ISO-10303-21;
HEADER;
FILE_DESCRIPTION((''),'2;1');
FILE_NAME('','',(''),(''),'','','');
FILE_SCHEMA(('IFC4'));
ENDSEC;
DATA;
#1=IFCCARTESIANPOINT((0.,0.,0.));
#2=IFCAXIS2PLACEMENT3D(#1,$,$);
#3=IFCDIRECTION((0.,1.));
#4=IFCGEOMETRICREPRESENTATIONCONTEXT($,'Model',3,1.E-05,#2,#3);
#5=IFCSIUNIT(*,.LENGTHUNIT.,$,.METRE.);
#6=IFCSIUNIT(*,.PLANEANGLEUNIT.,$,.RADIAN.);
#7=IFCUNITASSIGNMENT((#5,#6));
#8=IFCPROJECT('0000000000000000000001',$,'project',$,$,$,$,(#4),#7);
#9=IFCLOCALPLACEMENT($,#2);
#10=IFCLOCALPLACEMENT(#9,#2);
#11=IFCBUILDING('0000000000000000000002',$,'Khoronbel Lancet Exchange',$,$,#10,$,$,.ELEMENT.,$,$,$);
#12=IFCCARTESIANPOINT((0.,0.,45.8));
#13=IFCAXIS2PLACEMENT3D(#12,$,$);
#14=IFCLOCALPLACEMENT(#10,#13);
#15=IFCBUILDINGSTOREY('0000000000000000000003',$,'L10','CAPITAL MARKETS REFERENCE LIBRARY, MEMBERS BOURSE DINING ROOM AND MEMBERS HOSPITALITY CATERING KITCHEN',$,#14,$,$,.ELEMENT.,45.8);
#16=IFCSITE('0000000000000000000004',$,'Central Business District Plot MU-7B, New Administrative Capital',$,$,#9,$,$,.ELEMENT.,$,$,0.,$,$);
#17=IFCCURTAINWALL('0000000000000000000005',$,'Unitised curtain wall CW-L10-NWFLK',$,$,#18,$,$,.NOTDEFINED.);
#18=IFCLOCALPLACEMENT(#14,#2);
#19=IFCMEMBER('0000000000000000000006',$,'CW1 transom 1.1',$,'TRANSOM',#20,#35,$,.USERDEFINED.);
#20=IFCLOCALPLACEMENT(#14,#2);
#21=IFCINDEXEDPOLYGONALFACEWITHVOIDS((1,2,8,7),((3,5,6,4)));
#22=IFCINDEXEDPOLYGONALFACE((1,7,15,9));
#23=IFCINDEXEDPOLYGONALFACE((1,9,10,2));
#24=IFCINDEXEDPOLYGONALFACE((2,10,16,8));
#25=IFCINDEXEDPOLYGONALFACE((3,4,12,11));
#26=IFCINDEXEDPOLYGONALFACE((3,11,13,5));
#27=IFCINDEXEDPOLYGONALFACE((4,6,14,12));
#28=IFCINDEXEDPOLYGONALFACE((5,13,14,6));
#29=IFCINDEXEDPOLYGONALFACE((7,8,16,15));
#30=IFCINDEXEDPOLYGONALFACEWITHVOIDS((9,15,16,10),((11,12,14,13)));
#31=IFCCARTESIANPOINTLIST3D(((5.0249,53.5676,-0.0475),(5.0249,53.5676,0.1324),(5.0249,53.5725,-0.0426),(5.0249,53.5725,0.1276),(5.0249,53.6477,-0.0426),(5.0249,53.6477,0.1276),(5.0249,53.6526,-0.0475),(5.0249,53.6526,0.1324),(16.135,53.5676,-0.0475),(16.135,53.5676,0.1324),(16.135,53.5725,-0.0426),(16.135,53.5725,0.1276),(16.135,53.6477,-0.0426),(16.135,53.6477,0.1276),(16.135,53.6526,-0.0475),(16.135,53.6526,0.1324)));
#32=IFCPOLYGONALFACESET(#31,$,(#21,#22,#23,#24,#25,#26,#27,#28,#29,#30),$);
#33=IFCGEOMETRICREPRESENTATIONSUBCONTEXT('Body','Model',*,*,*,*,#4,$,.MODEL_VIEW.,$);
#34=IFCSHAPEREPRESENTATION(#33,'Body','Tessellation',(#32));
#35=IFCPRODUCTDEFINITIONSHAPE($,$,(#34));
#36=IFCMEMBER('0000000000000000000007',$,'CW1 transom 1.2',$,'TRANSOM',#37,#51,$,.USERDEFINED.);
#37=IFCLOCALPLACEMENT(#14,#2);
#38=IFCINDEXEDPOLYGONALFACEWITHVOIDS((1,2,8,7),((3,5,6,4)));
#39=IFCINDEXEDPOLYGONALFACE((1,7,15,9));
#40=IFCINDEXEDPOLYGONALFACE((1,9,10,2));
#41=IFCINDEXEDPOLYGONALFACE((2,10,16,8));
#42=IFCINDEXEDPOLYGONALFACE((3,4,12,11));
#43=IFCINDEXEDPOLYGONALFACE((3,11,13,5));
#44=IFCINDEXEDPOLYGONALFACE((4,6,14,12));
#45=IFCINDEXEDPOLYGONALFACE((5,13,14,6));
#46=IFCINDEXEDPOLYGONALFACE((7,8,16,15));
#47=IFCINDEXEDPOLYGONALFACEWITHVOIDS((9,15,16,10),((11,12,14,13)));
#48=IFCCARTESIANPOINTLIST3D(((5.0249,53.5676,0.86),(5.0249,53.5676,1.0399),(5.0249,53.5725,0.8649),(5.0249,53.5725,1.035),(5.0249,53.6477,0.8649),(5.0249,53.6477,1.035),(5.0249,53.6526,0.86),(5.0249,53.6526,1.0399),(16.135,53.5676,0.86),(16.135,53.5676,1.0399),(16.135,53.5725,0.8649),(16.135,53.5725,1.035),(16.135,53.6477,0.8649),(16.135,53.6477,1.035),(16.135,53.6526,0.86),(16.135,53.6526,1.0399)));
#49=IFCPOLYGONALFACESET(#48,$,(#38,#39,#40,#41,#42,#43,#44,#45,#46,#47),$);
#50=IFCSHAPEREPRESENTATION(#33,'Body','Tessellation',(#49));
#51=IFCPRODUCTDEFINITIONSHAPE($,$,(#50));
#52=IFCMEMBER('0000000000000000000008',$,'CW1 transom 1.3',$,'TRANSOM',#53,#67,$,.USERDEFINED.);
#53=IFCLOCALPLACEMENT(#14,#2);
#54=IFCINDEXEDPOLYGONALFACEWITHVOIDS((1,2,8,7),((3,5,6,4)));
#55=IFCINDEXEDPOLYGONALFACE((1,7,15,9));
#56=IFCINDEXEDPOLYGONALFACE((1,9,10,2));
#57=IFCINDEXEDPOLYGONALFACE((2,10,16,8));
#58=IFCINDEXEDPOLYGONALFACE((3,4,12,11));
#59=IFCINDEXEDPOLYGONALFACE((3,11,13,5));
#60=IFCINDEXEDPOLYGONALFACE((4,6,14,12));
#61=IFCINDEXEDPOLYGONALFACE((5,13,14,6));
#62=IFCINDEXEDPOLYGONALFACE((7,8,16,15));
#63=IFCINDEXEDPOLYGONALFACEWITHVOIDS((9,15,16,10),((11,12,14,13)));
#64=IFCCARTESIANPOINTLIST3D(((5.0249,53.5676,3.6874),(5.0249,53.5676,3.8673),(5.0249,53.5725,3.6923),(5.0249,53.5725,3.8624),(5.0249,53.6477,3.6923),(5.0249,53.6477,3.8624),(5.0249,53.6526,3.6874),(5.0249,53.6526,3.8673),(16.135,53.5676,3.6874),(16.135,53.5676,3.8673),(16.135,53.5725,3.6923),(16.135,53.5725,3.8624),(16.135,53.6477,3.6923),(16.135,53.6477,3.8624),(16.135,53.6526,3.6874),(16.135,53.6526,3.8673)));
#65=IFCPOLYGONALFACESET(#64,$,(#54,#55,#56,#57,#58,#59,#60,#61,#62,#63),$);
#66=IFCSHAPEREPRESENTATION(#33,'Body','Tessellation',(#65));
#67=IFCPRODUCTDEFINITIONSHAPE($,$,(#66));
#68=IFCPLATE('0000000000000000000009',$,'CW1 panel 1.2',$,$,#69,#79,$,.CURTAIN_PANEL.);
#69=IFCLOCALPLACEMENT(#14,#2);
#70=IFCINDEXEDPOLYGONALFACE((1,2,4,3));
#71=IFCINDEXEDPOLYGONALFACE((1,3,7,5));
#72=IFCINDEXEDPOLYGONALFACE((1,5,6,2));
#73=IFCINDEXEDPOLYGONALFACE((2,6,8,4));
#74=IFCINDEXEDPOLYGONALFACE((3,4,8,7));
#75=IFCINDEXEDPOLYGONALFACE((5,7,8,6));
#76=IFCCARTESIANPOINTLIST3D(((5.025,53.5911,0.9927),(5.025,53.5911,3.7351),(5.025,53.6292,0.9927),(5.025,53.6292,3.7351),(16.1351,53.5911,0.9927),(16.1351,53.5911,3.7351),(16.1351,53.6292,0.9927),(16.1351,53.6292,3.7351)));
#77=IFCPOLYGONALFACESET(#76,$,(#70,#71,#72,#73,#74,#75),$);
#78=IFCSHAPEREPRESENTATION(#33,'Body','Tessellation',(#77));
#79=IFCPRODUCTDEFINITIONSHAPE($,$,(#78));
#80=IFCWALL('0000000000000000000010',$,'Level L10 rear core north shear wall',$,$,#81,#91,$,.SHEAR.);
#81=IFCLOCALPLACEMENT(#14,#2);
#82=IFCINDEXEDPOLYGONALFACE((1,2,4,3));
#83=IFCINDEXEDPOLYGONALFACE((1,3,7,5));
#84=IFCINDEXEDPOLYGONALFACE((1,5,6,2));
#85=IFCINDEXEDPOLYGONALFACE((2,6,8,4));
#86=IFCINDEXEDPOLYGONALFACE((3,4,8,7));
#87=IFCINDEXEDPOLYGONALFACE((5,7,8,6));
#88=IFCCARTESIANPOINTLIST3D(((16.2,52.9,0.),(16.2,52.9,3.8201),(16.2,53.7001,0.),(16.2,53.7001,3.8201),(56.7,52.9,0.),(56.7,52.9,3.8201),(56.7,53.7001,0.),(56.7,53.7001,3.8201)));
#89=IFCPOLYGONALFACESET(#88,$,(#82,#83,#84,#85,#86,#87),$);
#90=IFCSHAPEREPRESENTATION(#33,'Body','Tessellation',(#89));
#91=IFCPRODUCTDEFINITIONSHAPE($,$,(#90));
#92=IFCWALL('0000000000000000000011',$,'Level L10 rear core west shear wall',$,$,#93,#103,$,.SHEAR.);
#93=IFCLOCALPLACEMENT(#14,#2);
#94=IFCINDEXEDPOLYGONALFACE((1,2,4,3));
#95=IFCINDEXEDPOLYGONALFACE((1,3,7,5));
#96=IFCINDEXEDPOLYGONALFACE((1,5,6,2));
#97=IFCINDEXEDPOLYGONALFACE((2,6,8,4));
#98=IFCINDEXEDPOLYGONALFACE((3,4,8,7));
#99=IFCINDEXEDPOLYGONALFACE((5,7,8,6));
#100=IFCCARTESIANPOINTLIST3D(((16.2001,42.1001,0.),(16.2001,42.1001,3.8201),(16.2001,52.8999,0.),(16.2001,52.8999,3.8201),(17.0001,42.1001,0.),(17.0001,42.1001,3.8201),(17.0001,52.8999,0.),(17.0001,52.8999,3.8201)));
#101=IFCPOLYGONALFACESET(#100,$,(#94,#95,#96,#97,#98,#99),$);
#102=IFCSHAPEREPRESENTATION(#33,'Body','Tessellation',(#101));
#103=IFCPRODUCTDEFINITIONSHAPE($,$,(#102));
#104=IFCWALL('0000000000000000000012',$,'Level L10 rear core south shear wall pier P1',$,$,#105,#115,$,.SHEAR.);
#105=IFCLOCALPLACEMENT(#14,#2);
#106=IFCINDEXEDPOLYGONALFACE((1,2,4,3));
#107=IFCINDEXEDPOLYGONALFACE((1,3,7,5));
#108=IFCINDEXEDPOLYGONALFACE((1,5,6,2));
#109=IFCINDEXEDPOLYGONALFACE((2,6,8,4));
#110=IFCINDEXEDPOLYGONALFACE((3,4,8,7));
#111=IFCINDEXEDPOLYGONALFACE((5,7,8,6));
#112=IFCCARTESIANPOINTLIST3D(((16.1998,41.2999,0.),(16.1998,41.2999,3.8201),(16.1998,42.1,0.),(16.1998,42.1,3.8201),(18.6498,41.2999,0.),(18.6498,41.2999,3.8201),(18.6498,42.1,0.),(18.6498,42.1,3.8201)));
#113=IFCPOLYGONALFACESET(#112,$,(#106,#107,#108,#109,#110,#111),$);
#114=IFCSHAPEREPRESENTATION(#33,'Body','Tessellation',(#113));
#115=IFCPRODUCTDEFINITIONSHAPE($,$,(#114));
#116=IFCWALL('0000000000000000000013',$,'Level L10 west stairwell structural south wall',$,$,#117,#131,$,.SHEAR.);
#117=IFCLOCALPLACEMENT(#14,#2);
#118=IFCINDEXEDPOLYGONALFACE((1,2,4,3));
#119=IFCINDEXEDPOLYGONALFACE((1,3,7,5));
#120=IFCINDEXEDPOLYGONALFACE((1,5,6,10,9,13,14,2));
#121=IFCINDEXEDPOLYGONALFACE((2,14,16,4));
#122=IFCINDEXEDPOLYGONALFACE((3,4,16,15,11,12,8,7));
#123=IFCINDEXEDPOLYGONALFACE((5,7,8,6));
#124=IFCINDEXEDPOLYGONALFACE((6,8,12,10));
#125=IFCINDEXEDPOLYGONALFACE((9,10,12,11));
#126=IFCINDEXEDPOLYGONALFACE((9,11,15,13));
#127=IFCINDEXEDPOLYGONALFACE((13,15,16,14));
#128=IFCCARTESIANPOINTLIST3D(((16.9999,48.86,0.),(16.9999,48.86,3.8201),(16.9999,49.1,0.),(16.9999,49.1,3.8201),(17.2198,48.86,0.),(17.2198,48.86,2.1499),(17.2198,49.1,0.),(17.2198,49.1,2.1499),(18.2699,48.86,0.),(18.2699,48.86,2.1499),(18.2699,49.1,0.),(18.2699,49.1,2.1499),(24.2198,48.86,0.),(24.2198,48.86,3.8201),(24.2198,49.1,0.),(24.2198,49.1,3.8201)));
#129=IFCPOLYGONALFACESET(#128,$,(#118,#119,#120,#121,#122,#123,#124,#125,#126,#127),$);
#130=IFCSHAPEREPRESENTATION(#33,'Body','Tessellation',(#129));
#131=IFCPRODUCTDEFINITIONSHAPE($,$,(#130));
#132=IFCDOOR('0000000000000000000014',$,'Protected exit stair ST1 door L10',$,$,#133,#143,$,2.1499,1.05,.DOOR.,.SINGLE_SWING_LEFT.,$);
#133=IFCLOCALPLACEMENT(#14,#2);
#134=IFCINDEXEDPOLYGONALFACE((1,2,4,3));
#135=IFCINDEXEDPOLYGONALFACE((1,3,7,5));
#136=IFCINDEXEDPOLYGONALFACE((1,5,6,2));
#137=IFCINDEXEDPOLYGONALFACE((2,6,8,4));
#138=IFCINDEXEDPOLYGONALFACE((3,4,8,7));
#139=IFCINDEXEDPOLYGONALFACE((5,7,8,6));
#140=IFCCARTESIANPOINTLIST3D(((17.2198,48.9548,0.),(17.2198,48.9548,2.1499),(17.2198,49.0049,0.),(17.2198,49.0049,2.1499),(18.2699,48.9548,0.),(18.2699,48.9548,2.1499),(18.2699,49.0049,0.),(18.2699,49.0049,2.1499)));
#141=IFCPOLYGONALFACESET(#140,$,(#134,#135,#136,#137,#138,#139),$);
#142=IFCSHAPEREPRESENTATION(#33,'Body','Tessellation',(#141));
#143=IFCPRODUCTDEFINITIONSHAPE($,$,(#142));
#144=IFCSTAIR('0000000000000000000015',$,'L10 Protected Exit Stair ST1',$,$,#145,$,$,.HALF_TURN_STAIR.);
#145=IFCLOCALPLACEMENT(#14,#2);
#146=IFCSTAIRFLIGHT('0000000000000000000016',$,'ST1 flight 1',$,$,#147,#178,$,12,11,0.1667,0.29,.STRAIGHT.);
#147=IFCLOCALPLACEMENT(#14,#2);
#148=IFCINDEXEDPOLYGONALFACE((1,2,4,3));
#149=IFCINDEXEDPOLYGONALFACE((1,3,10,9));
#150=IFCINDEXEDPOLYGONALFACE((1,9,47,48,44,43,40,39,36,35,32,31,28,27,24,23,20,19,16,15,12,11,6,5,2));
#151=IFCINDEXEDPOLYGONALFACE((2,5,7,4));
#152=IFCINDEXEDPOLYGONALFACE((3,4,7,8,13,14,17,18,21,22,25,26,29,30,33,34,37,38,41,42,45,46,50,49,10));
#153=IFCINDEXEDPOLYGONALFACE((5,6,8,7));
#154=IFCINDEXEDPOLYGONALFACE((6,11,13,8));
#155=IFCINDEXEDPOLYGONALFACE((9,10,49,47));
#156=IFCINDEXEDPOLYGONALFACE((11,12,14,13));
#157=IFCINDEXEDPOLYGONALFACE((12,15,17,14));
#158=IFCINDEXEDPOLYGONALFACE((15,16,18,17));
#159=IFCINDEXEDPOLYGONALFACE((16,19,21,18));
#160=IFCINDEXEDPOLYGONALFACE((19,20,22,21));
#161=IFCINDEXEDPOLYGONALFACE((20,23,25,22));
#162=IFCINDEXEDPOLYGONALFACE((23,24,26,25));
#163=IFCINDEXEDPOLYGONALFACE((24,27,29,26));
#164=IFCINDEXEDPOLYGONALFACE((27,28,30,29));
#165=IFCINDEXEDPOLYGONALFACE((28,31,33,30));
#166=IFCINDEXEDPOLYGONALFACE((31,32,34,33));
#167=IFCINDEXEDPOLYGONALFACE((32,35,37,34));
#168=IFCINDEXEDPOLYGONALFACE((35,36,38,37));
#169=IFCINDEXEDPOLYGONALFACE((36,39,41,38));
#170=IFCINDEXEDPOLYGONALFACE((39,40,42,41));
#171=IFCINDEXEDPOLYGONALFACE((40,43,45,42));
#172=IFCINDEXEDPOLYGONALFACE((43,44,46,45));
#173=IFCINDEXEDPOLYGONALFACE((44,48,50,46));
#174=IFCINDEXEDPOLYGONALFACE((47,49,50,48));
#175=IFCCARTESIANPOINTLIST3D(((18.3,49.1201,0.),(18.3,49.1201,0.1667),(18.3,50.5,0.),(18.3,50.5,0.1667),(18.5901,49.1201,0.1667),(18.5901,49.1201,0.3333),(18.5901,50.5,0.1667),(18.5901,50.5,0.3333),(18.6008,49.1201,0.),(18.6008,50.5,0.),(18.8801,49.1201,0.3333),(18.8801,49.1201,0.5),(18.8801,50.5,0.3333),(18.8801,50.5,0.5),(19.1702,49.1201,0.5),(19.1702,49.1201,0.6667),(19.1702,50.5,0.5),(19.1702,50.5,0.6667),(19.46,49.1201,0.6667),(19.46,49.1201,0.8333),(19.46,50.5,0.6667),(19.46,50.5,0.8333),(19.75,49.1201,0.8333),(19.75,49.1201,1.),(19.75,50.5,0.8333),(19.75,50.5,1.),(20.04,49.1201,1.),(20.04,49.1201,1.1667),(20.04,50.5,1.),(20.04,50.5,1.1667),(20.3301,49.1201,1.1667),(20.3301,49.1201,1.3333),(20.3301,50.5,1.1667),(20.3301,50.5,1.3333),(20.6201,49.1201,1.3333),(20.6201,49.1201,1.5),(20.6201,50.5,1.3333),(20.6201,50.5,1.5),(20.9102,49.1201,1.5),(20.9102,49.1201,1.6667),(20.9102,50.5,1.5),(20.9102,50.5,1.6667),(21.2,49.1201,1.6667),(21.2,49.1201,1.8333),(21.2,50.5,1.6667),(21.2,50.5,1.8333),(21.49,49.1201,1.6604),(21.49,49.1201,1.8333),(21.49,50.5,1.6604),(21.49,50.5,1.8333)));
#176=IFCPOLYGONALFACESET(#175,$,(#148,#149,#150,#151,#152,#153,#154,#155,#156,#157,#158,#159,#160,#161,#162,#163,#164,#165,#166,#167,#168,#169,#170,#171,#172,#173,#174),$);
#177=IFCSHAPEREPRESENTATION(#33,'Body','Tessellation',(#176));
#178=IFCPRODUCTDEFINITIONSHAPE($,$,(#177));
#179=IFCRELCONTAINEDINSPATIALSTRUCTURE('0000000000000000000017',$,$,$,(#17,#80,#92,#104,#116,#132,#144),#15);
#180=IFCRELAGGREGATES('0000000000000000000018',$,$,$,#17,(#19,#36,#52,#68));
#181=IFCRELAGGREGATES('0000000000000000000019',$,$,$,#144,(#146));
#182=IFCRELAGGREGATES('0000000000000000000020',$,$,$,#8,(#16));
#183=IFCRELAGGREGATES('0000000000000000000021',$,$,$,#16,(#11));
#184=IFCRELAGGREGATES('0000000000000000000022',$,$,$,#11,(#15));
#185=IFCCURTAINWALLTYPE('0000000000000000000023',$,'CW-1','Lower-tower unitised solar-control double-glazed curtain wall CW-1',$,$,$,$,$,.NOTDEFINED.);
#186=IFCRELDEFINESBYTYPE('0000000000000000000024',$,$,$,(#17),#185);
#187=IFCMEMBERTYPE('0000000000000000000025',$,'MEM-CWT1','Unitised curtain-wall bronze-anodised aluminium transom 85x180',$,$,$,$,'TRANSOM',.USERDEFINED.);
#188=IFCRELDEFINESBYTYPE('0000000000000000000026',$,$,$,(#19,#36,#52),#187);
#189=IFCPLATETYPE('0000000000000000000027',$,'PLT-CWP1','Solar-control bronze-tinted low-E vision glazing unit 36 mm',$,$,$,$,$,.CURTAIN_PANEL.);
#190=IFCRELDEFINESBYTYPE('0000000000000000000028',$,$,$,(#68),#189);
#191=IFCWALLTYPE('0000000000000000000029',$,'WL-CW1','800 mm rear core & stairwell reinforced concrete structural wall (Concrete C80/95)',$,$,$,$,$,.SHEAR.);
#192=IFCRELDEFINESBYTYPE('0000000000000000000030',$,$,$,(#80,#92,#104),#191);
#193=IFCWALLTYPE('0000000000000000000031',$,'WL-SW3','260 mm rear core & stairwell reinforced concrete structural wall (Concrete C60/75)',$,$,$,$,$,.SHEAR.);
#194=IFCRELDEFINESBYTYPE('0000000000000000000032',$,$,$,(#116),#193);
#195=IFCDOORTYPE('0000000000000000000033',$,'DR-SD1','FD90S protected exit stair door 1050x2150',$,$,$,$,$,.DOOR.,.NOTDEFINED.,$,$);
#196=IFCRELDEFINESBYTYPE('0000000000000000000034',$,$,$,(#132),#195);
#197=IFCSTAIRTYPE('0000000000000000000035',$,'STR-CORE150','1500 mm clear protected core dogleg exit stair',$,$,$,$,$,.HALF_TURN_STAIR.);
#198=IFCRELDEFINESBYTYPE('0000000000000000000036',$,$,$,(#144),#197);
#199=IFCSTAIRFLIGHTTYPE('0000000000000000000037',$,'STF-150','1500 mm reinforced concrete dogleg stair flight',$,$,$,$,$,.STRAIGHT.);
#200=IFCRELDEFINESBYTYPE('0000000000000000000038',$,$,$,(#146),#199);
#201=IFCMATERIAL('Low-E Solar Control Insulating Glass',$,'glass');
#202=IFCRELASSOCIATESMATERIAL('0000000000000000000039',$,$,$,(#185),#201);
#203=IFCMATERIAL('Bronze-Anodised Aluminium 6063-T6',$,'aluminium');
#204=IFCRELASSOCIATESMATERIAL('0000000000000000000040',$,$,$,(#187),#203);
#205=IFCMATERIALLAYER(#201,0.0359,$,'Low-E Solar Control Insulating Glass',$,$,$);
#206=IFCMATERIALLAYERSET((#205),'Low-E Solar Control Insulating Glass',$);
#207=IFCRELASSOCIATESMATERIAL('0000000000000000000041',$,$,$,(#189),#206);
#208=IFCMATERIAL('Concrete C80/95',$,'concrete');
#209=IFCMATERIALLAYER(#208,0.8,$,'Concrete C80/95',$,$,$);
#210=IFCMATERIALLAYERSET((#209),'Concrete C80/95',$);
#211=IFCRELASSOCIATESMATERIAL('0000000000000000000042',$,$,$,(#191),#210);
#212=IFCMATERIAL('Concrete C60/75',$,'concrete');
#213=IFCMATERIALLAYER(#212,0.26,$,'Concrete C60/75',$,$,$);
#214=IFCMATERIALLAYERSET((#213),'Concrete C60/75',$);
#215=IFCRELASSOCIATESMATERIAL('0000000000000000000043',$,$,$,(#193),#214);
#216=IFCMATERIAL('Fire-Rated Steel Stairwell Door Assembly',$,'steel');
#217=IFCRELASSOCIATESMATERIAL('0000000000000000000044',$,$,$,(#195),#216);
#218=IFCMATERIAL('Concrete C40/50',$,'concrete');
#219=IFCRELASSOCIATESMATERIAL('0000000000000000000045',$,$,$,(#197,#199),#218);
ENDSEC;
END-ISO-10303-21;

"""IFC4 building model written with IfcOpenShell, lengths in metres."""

from ifc_helpers import new_model, si_unit, direction, frame, frame_2d, origin, origin_2d, place, context, subcontext, project, spatial, polyline, rectangle, hollow_rectangle, outline, extrude, material, layer, layer_set, material_profile, profile_set, type_object, element, fill, aggregate, save


model = new_model("IFC4")

# Units and contexts
model_context = context("Model", 3, precision=1e-05, world=origin(), true_north=direction((0.0, 1.0)))
body_context = subcontext(model_context, "Body", "Model", "MODEL_VIEW")
ifc_project = project(units=[si_unit("LENGTHUNIT", "METRE"), si_unit("PLANEANGLEUNIT", "RADIAN")], contexts=[model_context])

# Site, building, storey
site_placement = place(None, origin())
site = spatial("IfcSite", under=ifc_project, at=site_placement, Name="Central Business District Plot MU-7B, New Administrative Capital", CompositionType="ELEMENT", RefElevation=0.0)
building_placement = place(site_placement, origin())
building = spatial("IfcBuilding", under=site, at=building_placement, Name="Khoronbel Lancet Exchange", CompositionType="ELEMENT")
storey_placement = place(building_placement, frame((0.0, 0.0, 45.8)))
storey = spatial("IfcBuildingStorey", under=building, at=storey_placement, Name="L10", Description="CAPITAL MARKETS REFERENCE LIBRARY, MEMBERS BOURSE DINING ROOM AND MEMBERS HOSPITALITY CATERING KITCHEN", CompositionType="ELEMENT", Elevation=45.8)

# Shared definitions
ifc_material_1 = material(Name="Concrete C80/95", Category="concrete")

# Curtain wall, members, plate
ifc_material_2 = material(Name="Low-E Solar Control Insulating Glass", Category="glass")
curtain_wall_type = type_object("IfcCurtainWallType", Name="CW-1", Description="Lower-tower unitised solar-control double-glazed curtain wall CW-1", PredefinedType="NOTDEFINED", material=ifc_material_2)
curtain_wall_placement = place(storey_placement, origin())
curtain_wall = element("IfcCurtainWall", 1, at=curtain_wall_placement, inside=storey, type_object=curtain_wall_type, Name="Unitised curtain wall CW-L10-NWFLK", PredefinedType="NOTDEFINED")
ifc_material_3 = material(Name="Bronze-Anodised Aluminium 6063-T6", Category="aluminium")
ifc_material_profile_1 = material_profile(ifc_material_3, hollow_rectangle(XDim=0.085, YDim=0.1799, WallThickness=0.0049, at=origin_2d()), Name="ALU TRANSOM 85x180")
ifc_profile_set_1 = profile_set([ifc_material_profile_1], Name="Bronze-Anodised Aluminium 6063-T6")
member_type_1 = type_object("IfcMemberType", Name="MEM-CWT1", Description="Unitised curtain-wall bronze-anodised aluminium transom 85x180", ElementType="TRANSOM", PredefinedType="USERDEFINED", material=ifc_profile_set_1)
member_1_placement = place(storey_placement, frame((16.135, 53.6101, 0.0425), z_axis=(-1.0, 0.0, 0.0), x_axis=(0.0, -1.0, 0.0)))
member_1 = element("IfcMember", 2, at=member_1_placement, type_object=member_type_1, Name="CW1 transom 1.1", ObjectType="TRANSOM", PredefinedType="USERDEFINED", context=body_context, shape_type="SweptSolid", body=[
    extrude(hollow_rectangle(XDim=0.085, YDim=0.1799, WallThickness=0.0049, at=origin_2d()), origin(), (0.0, 0.0, 1.0), 11.1101),
])
member_2_placement = place(storey_placement, frame((16.135, 53.6101, 0.95), z_axis=(-1.0, 0.0, 0.0), x_axis=(0.0, -1.0, 0.0)))
member_2 = element("IfcMember", 3, at=member_2_placement, type_object=member_type_1, Name="CW1 transom 1.2", ObjectType="TRANSOM", PredefinedType="USERDEFINED", context=body_context, shape_type="SweptSolid", body=[
    extrude(hollow_rectangle(XDim=0.085, YDim=0.1799, WallThickness=0.0049, at=origin_2d()), origin(), (0.0, 0.0, 1.0), 11.1101),
])
member_3_placement = place(storey_placement, frame((16.135, 53.6101, 3.7773), z_axis=(-1.0, 0.0, 0.0), x_axis=(0.0, -1.0, 0.0)))
member_3 = element("IfcMember", 4, at=member_3_placement, type_object=member_type_1, Name="CW1 transom 1.3", ObjectType="TRANSOM", PredefinedType="USERDEFINED", context=body_context, shape_type="SweptSolid", body=[
    extrude(hollow_rectangle(XDim=0.085, YDim=0.1799, WallThickness=0.0049, at=origin_2d()), origin(), (0.0, 0.0, 1.0), 11.1101),
])
ifc_layer_1 = layer(ifc_material_2, 0.0359, Name="Low-E Solar Control Insulating Glass")
ifc_layer_set_1 = layer_set([ifc_layer_1], Name="Low-E Solar Control Insulating Glass")
plate_type = type_object("IfcPlateType", Name="PLT-CWP1", Description="Solar-control bronze-tinted low-E vision glazing unit 36 mm", PredefinedType="CURTAIN_PANEL", material=ifc_layer_set_1)
plate_placement = place(storey_placement, frame((10.5801, 53.6101, 0.9927), z_axis=(0.0, 0.0, 1.0), x_axis=(-1.0, 0.0, 0.0)))
plate = element("IfcPlate", 5, at=plate_placement, type_object=plate_type, Name="CW1 panel 1.2", PredefinedType="CURTAIN_PANEL", context=body_context, shape_type="SweptSolid", body=[
    extrude(rectangle(XDim=11.1101, YDim=0.0381, at=origin_2d()), origin(), (0.0, 0.0, 1.0), 2.7424),
])
aggregate(curtain_wall, [member_1, member_2, member_3, plate])

# Walls
ifc_layer_2 = layer(ifc_material_1, 0.8, Name="Concrete C80/95")
ifc_layer_set_2 = layer_set([ifc_layer_2], Name="Concrete C80/95")
wall_type_1 = type_object("IfcWallType", Name="WL-CW1", Description="800 mm rear core & stairwell reinforced concrete structural wall (Concrete C80/95)", PredefinedType="SHEAR", material=ifc_layer_set_2)
wall_1_placement = place(storey_placement, frame((16.2, 53.3, 0.0), z_axis=(0.0, 0.0, 1.0), x_axis=(1.0, 0.0, 0.0)))
element("IfcWall", 6, at=wall_1_placement, inside=storey, type_object=wall_type_1, Name="Level L10 rear core north shear wall", PredefinedType="SHEAR", context=body_context, shape_type="SweptSolid", body=[
    extrude(rectangle(XDim=40.5, YDim=0.8, at=frame_2d((20.25, 0.0))), origin(), (0.0, 0.0, 1.0), 3.8201),
])
wall_2_placement = place(storey_placement, frame((16.6001, 42.1001, 0.0), z_axis=(0.0, 0.0, 1.0), x_axis=(0.0, 1.0, 0.0)))
element("IfcWall", 7, at=wall_2_placement, inside=storey, type_object=wall_type_1, Name="Level L10 rear core west shear wall", PredefinedType="SHEAR", context=body_context, shape_type="SweptSolid", body=[
    extrude(rectangle(XDim=10.7998, YDim=0.8, at=frame_2d((5.3999, 0.0))), origin(), (0.0, 0.0, 1.0), 3.8201),
])
wall_3_placement = place(storey_placement, frame((18.6499, 41.7, 0.0), z_axis=(0.0, 0.0, 1.0), x_axis=(-1.0, 0.0, 0.0)))
element("IfcWall", 8, at=wall_3_placement, inside=storey, type_object=wall_type_1, Name="Level L10 rear core south shear wall pier P1", PredefinedType="SHEAR", context=body_context, shape_type="SweptSolid", body=[
    extrude(rectangle(XDim=2.45, YDim=0.8, at=frame_2d((1.2251, 0.0))), origin(), (0.0, 0.0, 1.0), 3.8201),
])

# Wall, opening, door
ifc_material_4 = material(Name="Concrete C60/75", Category="concrete")
ifc_layer_3 = layer(ifc_material_4, 0.26, Name="Concrete C60/75")
ifc_layer_set_3 = layer_set([ifc_layer_3], Name="Concrete C60/75")
wall_type_2 = type_object("IfcWallType", Name="WL-SW3", Description="260 mm rear core & stairwell reinforced concrete structural wall (Concrete C60/75)", PredefinedType="SHEAR", material=ifc_layer_set_3)
wall_4_placement = place(storey_placement, frame((17.0, 48.98, 0.0), z_axis=(0.0, 0.0, 1.0), x_axis=(1.0, 0.0, 0.0)))
wall_4 = element("IfcWall", 9, at=wall_4_placement, inside=storey, type_object=wall_type_2, Name="Level L10 west stairwell structural south wall", PredefinedType="SHEAR", context=body_context, shape_type="SweptSolid", body=[
    extrude(rectangle(XDim=7.22, YDim=0.24, at=frame_2d((3.6099, 0.0))), origin(), (0.0, 0.0, 1.0), 3.8201),
])
opening_1_placement = place(wall_4_placement, frame((0.22, 0.0, 0.0)))
opening_1 = element("IfcOpeningElement", 10, at=opening_1_placement, cuts=wall_4, PredefinedType="OPENING", context=body_context, shape_type="SweptSolid", body=[
    extrude(rectangle(XDim=1.05, YDim=2.1499, at=frame_2d((0.5249, 1.075))), frame((0.0, 0.1299, 0.0), z_axis=(0.0, -1.0, 0.0), x_axis=(1.0, 0.0, 0.0)), (0.0, 0.0, 1.0), 0.26),
])
ifc_material_5 = material(Name="Fire-Rated Steel Stairwell Door Assembly", Category="steel")
door_type_1 = type_object("IfcDoorType", Name="DR-SD1", Description="FD90S protected exit stair door 1050x2150", OperationType="NOTDEFINED", PredefinedType="DOOR", material=ifc_material_5)
door_1_placement = place(opening_1_placement, origin())
door_1 = element("IfcDoor", 11, at=door_1_placement, inside=storey, type_object=door_type_1, Name="Protected exit stair ST1 door L10", OperationType="SINGLE_SWING_LEFT", OverallHeight=2.1499, OverallWidth=1.05, PredefinedType="DOOR", context=body_context, shape_type="SweptSolid", body=[
    extrude(rectangle(XDim=1.05, YDim=2.1499, at=frame_2d((0.5249, 1.075))), frame((0.0, 0.0249, 0.0), z_axis=(0.0, -1.0, 0.0), x_axis=(1.0, 0.0, 0.0)), (0.0, 0.0, 1.0), 0.05),
])
fill(opening_1, door_1)

# Stair, stair flight
ifc_material_6 = material(Name="Concrete C40/50", Category="concrete")
stair_type = type_object("IfcStairType", Name="STR-CORE150", Description="1500 mm clear protected core dogleg exit stair", PredefinedType="HALF_TURN_STAIR", material=ifc_material_6)
stair_placement = place(storey_placement, origin())
stair = element("IfcStair", 12, at=stair_placement, inside=storey, type_object=stair_type, Name="L10 Protected Exit Stair ST1", PredefinedType="HALF_TURN_STAIR")
stair_flight_type = type_object("IfcStairFlightType", Name="STF-150", Description="1500 mm reinforced concrete dogleg stair flight", PredefinedType="STRAIGHT", material=ifc_material_6)
stair_flight_placement = place(storey_placement, frame((18.3, 49.8101, 0.0), z_axis=(0.0, 0.0, 1.0), x_axis=(1.0, 0.0, 0.0)))
stair_flight = element("IfcStairFlight", 13, at=stair_flight_placement, type_object=stair_flight_type, Name="ST1 flight 1", NumberOfRisers=12, NumberOfTreads=11, PredefinedType="STRAIGHT", RiserHeight=0.1667, TreadLength=0.29, context=body_context, shape_type="SweptSolid", body=[
    extrude(outline(polyline([(0.0, 0.0), (0.0, 0.1667), (0.29, 0.1667), (0.29, 0.3333), (0.5801, 0.3333), (0.5801, 0.5), (0.8701, 0.5), (0.8701, 0.6667), (1.1599, 0.6667), (1.1599, 0.8333), (1.45, 0.8333), (1.45, 1.0), (1.74, 1.0), (1.74, 1.1667), (2.03, 1.1667), (2.03, 1.3333), (2.3201, 1.3333), (2.3201, 1.5), (2.6101, 1.5), (2.6101, 1.6667), (2.8999, 1.6667), (2.8999, 1.8333), (3.1899, 1.8333), (3.1899, 2.0), (3.1899, 1.6604), (0.3008, 0.0), (0.0, 0.0)])), frame((0.0, 0.6899, 0.0), z_axis=(0.0, -1.0, 0.0), x_axis=(1.0, 0.0, 0.0)), (0.0, 0.0, 1.0), 1.3799),
])
aggregate(stair, [stair_flight])

save(model, "model.ifc")
